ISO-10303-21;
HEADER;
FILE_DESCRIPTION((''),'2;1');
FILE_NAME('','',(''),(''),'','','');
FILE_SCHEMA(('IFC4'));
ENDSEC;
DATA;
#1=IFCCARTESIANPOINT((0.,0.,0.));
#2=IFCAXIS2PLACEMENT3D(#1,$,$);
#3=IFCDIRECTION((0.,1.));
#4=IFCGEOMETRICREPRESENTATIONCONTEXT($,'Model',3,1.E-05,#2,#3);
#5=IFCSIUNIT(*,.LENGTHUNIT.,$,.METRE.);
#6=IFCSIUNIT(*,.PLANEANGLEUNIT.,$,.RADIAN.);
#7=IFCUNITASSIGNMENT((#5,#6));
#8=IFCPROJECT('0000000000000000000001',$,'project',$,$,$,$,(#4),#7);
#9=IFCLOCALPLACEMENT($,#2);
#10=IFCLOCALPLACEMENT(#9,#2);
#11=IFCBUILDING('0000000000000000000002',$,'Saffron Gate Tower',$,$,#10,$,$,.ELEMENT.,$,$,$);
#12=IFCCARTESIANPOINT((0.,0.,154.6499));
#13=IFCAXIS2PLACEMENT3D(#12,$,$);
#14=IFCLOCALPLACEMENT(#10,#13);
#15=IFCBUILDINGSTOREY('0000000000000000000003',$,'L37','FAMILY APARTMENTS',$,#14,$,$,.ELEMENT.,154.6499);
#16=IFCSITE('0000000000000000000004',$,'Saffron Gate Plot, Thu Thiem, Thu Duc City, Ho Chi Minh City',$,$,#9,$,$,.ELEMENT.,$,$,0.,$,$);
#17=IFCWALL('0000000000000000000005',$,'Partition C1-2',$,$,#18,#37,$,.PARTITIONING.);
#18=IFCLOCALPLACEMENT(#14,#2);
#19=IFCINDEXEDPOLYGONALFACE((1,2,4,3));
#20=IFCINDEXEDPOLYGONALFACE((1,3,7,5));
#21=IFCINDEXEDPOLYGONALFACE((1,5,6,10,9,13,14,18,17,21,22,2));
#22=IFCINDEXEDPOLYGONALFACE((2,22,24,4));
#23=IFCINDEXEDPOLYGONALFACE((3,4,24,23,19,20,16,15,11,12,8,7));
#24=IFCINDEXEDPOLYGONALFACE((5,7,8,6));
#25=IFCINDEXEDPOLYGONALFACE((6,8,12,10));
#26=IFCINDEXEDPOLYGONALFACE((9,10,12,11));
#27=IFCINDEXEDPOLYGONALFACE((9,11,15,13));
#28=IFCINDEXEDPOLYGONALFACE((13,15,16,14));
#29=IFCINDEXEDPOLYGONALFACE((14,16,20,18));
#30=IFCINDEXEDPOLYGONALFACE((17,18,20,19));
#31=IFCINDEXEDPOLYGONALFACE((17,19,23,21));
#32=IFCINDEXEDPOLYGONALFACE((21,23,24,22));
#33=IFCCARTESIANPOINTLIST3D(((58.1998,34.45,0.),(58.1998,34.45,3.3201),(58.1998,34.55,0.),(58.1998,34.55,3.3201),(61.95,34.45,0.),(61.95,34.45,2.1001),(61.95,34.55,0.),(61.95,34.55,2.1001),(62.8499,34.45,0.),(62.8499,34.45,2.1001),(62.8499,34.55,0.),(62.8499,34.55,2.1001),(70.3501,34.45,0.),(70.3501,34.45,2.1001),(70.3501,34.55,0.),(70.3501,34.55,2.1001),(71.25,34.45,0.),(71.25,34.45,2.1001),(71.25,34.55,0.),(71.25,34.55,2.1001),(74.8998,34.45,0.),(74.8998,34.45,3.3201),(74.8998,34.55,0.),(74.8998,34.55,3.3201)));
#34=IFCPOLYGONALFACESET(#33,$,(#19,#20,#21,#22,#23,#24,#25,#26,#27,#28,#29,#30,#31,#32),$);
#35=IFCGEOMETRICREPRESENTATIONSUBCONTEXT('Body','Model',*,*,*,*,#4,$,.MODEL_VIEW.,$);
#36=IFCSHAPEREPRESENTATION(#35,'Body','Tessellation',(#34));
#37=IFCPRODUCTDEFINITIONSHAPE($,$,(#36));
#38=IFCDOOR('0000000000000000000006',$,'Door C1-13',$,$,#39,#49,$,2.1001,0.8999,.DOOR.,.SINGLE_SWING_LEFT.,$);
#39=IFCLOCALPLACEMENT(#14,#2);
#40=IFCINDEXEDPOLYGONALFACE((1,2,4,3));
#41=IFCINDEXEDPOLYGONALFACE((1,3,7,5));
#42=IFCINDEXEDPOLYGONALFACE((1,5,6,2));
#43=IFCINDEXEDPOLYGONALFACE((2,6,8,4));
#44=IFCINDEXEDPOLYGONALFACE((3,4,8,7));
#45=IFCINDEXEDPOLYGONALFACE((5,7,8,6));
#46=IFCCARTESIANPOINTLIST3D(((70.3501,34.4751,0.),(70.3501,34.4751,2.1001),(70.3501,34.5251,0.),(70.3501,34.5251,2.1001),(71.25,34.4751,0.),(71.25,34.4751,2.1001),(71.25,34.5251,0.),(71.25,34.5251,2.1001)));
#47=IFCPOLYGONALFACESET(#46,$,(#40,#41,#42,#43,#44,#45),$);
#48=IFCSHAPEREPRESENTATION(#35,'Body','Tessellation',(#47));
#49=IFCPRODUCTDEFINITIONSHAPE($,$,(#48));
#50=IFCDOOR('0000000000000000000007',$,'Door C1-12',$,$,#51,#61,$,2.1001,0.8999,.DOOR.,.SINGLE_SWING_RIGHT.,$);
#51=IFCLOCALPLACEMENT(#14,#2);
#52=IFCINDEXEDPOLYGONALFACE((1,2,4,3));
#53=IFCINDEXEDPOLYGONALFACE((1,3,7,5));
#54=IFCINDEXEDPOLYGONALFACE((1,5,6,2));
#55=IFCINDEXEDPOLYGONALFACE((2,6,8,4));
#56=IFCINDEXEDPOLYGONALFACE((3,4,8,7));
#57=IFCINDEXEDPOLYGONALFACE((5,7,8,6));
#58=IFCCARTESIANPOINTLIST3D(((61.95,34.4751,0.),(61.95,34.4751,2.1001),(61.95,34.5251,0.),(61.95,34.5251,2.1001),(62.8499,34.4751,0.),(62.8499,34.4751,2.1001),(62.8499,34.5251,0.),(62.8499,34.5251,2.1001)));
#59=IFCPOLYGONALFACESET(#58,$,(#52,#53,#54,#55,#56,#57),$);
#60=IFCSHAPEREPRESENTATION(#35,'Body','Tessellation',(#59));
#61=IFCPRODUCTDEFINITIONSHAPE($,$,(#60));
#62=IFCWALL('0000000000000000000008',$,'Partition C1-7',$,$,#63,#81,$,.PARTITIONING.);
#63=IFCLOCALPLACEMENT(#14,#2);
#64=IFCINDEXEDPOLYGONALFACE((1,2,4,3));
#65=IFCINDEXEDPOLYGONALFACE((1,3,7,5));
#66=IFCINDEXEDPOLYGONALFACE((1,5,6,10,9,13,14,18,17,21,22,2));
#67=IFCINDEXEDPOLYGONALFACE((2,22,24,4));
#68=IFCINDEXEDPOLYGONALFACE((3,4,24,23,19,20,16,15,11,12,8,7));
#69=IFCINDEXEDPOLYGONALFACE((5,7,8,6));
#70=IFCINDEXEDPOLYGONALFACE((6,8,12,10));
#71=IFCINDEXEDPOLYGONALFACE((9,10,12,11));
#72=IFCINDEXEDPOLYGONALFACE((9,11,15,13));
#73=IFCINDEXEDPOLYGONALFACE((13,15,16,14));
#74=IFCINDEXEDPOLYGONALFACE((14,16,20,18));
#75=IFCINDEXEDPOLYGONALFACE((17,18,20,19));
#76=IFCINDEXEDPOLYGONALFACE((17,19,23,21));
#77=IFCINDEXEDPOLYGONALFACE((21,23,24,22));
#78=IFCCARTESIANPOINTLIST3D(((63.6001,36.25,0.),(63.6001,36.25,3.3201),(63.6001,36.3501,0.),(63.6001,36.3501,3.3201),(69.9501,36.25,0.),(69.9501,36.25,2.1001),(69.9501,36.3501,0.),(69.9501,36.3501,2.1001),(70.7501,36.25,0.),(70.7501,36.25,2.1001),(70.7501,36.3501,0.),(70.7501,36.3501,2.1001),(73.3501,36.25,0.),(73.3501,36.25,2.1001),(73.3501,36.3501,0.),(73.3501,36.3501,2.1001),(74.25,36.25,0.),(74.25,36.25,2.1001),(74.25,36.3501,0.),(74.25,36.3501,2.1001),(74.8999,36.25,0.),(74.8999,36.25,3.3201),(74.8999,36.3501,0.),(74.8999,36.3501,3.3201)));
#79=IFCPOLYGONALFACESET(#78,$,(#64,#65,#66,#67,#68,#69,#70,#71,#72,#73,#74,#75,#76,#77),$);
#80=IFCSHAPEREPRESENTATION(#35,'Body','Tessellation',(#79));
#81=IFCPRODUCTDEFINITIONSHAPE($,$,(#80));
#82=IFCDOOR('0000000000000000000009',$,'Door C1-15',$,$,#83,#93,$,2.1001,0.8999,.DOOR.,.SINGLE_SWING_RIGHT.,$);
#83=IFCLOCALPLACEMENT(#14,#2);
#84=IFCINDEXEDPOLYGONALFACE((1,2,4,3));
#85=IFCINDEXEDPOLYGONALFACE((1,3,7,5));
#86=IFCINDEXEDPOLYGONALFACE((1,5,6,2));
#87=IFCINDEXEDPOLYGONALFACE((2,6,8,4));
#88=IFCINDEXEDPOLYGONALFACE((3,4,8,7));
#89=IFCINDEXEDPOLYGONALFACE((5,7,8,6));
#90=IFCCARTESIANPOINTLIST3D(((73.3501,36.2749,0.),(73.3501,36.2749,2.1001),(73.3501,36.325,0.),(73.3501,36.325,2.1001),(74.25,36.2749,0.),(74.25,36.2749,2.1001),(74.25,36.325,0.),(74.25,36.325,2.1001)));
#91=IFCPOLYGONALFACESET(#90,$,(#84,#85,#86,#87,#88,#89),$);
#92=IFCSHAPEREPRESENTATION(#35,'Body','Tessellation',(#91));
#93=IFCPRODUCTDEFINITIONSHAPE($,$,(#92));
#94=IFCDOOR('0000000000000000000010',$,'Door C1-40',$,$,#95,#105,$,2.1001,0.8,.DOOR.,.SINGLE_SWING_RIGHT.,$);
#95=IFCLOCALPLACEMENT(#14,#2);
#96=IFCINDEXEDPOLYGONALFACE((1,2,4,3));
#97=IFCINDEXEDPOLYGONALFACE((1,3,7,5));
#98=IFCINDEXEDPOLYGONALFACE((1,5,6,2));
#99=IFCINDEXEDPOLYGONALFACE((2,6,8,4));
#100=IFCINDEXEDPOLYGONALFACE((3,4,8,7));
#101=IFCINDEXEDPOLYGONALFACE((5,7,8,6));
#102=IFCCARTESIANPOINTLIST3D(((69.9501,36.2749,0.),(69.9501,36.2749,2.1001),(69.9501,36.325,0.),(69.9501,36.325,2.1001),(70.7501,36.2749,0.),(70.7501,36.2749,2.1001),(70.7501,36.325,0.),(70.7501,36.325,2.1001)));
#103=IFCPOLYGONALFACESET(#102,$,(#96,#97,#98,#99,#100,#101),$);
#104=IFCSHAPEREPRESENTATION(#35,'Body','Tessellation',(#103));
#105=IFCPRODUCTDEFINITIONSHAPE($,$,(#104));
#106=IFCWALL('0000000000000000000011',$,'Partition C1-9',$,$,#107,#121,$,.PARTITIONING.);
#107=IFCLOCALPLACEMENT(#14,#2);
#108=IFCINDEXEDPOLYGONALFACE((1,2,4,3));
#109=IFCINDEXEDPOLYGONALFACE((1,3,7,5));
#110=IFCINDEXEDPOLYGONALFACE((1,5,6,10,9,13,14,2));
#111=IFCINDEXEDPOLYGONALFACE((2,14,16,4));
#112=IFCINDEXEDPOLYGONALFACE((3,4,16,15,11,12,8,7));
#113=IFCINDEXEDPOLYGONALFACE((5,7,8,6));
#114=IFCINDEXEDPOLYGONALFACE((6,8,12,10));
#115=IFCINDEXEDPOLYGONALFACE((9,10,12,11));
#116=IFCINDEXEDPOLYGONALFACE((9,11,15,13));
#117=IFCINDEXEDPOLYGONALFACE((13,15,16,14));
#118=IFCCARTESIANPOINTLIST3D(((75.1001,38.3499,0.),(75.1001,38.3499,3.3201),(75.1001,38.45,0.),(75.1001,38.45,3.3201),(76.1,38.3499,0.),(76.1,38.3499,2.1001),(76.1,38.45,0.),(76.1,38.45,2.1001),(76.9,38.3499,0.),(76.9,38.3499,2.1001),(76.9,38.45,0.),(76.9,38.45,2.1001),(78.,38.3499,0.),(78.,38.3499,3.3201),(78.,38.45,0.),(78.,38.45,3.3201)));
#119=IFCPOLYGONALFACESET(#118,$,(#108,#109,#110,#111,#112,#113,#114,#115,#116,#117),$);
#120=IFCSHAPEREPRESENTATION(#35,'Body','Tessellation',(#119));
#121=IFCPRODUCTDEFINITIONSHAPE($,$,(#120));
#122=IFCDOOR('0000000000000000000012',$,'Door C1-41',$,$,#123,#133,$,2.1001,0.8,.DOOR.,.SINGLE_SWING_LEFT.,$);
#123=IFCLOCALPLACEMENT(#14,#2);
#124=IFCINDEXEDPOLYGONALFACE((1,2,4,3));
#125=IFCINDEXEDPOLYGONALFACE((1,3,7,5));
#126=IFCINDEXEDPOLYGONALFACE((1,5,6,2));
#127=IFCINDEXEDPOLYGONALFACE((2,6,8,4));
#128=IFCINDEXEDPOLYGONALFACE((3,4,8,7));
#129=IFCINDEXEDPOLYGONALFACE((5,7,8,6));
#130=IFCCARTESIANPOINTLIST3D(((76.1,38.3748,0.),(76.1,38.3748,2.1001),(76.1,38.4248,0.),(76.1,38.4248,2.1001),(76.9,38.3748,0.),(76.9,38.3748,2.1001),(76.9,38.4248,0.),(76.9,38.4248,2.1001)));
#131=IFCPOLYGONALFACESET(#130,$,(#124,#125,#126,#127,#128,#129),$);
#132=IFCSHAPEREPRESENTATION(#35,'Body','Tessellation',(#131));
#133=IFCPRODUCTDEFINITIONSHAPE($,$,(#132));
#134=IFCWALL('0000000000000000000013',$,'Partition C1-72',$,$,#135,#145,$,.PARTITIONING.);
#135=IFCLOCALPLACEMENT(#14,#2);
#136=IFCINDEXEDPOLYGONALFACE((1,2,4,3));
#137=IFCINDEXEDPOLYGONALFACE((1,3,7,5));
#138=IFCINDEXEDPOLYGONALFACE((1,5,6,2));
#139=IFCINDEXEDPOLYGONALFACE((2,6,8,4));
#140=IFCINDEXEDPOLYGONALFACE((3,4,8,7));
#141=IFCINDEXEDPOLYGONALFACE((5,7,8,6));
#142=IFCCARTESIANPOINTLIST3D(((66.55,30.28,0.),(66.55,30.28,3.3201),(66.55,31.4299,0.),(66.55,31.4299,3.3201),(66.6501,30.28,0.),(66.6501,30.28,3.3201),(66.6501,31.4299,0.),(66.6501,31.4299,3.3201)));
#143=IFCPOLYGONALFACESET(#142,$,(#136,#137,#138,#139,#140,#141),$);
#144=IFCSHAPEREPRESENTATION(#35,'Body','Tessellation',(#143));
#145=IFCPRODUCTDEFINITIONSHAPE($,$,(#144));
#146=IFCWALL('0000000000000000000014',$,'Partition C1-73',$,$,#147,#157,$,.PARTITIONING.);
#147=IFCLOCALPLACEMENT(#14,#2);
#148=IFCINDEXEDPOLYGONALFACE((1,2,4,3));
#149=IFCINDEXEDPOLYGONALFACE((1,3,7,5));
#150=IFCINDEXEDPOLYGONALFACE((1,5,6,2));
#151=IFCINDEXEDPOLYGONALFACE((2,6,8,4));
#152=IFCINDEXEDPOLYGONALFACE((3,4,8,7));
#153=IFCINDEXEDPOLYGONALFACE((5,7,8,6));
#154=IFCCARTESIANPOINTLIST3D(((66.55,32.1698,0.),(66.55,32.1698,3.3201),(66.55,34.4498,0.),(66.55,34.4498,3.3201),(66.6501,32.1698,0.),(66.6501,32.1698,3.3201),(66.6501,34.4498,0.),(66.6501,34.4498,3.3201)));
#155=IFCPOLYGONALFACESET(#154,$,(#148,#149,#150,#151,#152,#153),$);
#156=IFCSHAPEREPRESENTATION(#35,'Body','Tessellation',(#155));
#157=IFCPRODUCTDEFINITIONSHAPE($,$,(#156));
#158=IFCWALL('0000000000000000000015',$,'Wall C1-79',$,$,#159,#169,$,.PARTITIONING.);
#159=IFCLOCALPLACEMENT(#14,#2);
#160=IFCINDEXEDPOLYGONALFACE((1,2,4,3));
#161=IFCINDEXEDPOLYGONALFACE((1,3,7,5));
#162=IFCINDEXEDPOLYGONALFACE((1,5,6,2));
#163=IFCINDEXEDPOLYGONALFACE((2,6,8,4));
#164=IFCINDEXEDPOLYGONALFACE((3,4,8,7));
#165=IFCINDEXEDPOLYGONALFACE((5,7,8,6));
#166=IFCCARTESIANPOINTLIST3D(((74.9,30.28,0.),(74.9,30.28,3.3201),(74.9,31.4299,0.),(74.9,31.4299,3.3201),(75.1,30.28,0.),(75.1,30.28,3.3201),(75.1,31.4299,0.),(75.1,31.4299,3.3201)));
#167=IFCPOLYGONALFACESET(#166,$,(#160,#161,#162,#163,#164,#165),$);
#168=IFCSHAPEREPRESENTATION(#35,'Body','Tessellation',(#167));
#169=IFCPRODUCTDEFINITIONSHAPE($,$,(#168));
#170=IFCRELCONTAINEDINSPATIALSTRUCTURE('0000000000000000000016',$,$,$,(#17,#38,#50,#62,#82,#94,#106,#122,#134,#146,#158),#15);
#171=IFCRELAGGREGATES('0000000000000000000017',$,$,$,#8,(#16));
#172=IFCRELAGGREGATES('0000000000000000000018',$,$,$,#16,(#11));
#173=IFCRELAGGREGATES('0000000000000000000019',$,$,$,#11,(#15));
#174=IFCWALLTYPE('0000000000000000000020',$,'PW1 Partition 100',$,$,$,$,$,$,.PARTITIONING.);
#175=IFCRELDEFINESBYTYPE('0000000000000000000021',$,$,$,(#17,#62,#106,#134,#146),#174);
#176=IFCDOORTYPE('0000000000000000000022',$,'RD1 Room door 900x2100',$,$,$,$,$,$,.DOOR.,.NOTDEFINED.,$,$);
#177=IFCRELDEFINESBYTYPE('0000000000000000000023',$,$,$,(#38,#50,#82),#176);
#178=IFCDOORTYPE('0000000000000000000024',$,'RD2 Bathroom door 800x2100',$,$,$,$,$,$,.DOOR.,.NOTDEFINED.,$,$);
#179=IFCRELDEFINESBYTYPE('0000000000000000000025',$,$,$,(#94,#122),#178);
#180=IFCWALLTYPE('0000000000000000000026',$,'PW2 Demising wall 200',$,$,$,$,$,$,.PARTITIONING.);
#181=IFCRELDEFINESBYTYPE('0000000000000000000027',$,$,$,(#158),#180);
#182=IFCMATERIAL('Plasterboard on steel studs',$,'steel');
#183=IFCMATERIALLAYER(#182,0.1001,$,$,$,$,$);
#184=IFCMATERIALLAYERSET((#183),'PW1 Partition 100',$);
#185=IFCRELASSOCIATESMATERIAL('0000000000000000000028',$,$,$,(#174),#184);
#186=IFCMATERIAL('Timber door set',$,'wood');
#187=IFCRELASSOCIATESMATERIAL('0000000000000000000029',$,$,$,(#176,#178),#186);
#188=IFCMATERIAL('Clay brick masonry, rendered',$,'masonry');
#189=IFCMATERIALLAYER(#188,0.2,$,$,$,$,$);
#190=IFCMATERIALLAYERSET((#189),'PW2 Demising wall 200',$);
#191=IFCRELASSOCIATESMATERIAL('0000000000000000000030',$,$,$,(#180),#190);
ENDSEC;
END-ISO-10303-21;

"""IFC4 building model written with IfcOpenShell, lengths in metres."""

from ifc_helpers import new_model, si_unit, direction, frame, frame_2d, origin, place, context, subcontext, project, spatial, rectangle, extrude, material, layer, layer_set, type_object, element, fill, save


model = new_model("IFC4")

# Units and contexts
model_context = context("Model", 3, precision=1e-05, world=origin(), true_north=direction((0.0, 1.0)))
body_context = subcontext(model_context, "Body", "Model", "MODEL_VIEW")
ifc_project = project(units=[si_unit("LENGTHUNIT", "METRE"), si_unit("PLANEANGLEUNIT", "RADIAN")], contexts=[model_context])

# Site, building, storey
site_placement = place(None, origin())
site = spatial("IfcSite", under=ifc_project, at=site_placement, Name="Saffron Gate Plot, Thu Thiem, Thu Duc City, Ho Chi Minh City", CompositionType="ELEMENT", RefElevation=0.0)
building_placement = place(site_placement, origin())
building = spatial("IfcBuilding", under=site, at=building_placement, Name="Saffron Gate Tower", CompositionType="ELEMENT")
storey_placement = place(building_placement, frame((0.0, 0.0, 154.6499)))
storey = spatial("IfcBuildingStorey", under=building, at=storey_placement, Name="L37", Description="FAMILY APARTMENTS", CompositionType="ELEMENT", Elevation=154.6499)

# Walls, openings, doors
ifc_material_1 = material(Name="Plasterboard on steel studs", Category="steel")
ifc_layer_1 = layer(ifc_material_1, 0.1001)
ifc_layer_set_1 = layer_set([ifc_layer_1], Name="PW1 Partition 100")
wall_type_1 = type_object("IfcWallType", Name="PW1 Partition 100", PredefinedType="PARTITIONING", material=ifc_layer_set_1)
wall_1_placement = place(storey_placement, frame((74.8999, 34.5, 0.0), z_axis=(0.0, 0.0, 1.0), x_axis=(-1.0, 0.0, 0.0)))
wall_1 = element("IfcWall", 1, at=wall_1_placement, inside=storey, type_object=wall_type_1, Name="Partition C1-2", PredefinedType="PARTITIONING", context=body_context, shape_type="SweptSolid", body=[
    extrude(rectangle(XDim=16.7, YDim=0.1001, at=frame_2d((8.3501, 0.0))), origin(), (0.0, 0.0, 1.0), 3.3201),
])
opening_1_placement = place(wall_1_placement, frame((3.6499, 0.0, 0.0)))
opening_1 = element("IfcOpeningElement", 2, at=opening_1_placement, cuts=wall_1, PredefinedType="OPENING", context=body_context, shape_type="SweptSolid", body=[
    extrude(rectangle(XDim=0.8999, YDim=2.1001, at=frame_2d((0.45, 1.05))), frame((0.0, 0.0601, 0.0), z_axis=(0.0, -1.0, 0.0), x_axis=(1.0, 0.0, 0.0)), (0.0, 0.0, 1.0), 0.1201),
])
opening_2_placement = place(wall_1_placement, frame((12.05, 0.0, 0.0)))
opening_2 = element("IfcOpeningElement", 3, at=opening_2_placement, cuts=wall_1, PredefinedType="OPENING", context=body_context, shape_type="SweptSolid", body=[
    extrude(rectangle(XDim=0.8999, YDim=2.1001, at=frame_2d((0.45, 1.05))), frame((0.0, 0.0601, 0.0), z_axis=(0.0, -1.0, 0.0), x_axis=(1.0, 0.0, 0.0)), (0.0, 0.0, 1.0), 0.1201),
])
ifc_material_2 = material(Name="Timber door set", Category="wood")
door_type_1 = type_object("IfcDoorType", Name="RD1 Room door 900x2100", OperationType="NOTDEFINED", PredefinedType="DOOR", material=ifc_material_2)
door_1_placement = place(opening_1_placement, origin())
door_1 = element("IfcDoor", 4, at=door_1_placement, inside=storey, type_object=door_type_1, Name="Door C1-13", OperationType="SINGLE_SWING_LEFT", OverallHeight=2.1001, OverallWidth=0.8999, PredefinedType="DOOR", context=body_context, shape_type="SweptSolid", body=[
    extrude(rectangle(XDim=0.8999, YDim=2.1001, at=frame_2d((0.45, 1.05))), frame((0.0, 0.0249, 0.0), z_axis=(0.0, -1.0, 0.0), x_axis=(1.0, 0.0, 0.0)), (0.0, 0.0, 1.0), 0.05),
])
fill(opening_1, door_1)
door_2_placement = place(opening_2_placement, origin())
door_2 = element("IfcDoor", 5, at=door_2_placement, inside=storey, type_object=door_type_1, Name="Door C1-12", OperationType="SINGLE_SWING_RIGHT", OverallHeight=2.1001, OverallWidth=0.8999, PredefinedType="DOOR", context=body_context, shape_type="SweptSolid", body=[
    extrude(rectangle(XDim=0.8999, YDim=2.1001, at=frame_2d((0.45, 1.05))), frame((0.0, 0.0249, 0.0), z_axis=(0.0, -1.0, 0.0), x_axis=(1.0, 0.0, 0.0)), (0.0, 0.0, 1.0), 0.05),
])
fill(opening_2, door_2)
wall_2_placement = place(storey_placement, frame((63.6001, 36.3, 0.0), z_axis=(0.0, 0.0, 1.0), x_axis=(1.0, 0.0, 0.0)))
wall_2 = element("IfcWall", 6, at=wall_2_placement, inside=storey, type_object=wall_type_1, Name="Partition C1-7", PredefinedType="PARTITIONING", context=body_context, shape_type="SweptSolid", body=[
    extrude(rectangle(XDim=11.2998, YDim=0.1001, at=frame_2d((5.6499, 0.0))), origin(), (0.0, 0.0, 1.0), 3.3201),
])
opening_3_placement = place(wall_2_placement, frame((6.3501, 0.0, 0.0)))
opening_3 = element("IfcOpeningElement", 7, at=opening_3_placement, cuts=wall_2, PredefinedType="OPENING", context=body_context, shape_type="SweptSolid", body=[
    extrude(rectangle(XDim=0.8, YDim=2.1001, at=frame_2d((0.3999, 1.05))), frame((0.0, 0.0601, 0.0), z_axis=(0.0, -1.0, 0.0), x_axis=(1.0, 0.0, 0.0)), (0.0, 0.0, 1.0), 0.1201),
])
opening_4_placement = place(wall_2_placement, frame((9.75, 0.0, 0.0)))
opening_4 = element("IfcOpeningElement", 8, at=opening_4_placement, cuts=wall_2, PredefinedType="OPENING", context=body_context, shape_type="SweptSolid", body=[
    extrude(rectangle(XDim=0.8999, YDim=2.1001, at=frame_2d((0.45, 1.05))), frame((0.0, 0.0601, 0.0), z_axis=(0.0, -1.0, 0.0), x_axis=(1.0, 0.0, 0.0)), (0.0, 0.0, 1.0), 0.1201),
])
door_3_placement = place(opening_4_placement, origin())
door_3 = element("IfcDoor", 9, at=door_3_placement, inside=storey, type_object=door_type_1, Name="Door C1-15", OperationType="SINGLE_SWING_RIGHT", OverallHeight=2.1001, OverallWidth=0.8999, PredefinedType="DOOR", context=body_context, shape_type="SweptSolid", body=[
    extrude(rectangle(XDim=0.8999, YDim=2.1001, at=frame_2d((0.45, 1.05))), frame((0.0, 0.0249, 0.0), z_axis=(0.0, -1.0, 0.0), x_axis=(1.0, 0.0, 0.0)), (0.0, 0.0, 1.0), 0.05),
])
fill(opening_4, door_3)
door_type_2 = type_object("IfcDoorType", Name="RD2 Bathroom door 800x2100", OperationType="NOTDEFINED", PredefinedType="DOOR", material=ifc_material_2)
door_4_placement = place(opening_3_placement, origin())
door_4 = element("IfcDoor", 10, at=door_4_placement, inside=storey, type_object=door_type_2, Name="Door C1-40", OperationType="SINGLE_SWING_RIGHT", OverallHeight=2.1001, OverallWidth=0.8, PredefinedType="DOOR", context=body_context, shape_type="SweptSolid", body=[
    extrude(rectangle(XDim=0.8, YDim=2.1001, at=frame_2d((0.3999, 1.05))), frame((0.0, 0.0249, 0.0), z_axis=(0.0, -1.0, 0.0), x_axis=(1.0, 0.0, 0.0)), (0.0, 0.0, 1.0), 0.05),
])
fill(opening_3, door_4)

# Wall, opening, door
wall_3_placement = place(storey_placement, frame((75.1001, 38.3999, 0.0), z_axis=(0.0, 0.0, 1.0), x_axis=(1.0, 0.0, 0.0)))
wall_3 = element("IfcWall", 11, at=wall_3_placement, inside=storey, type_object=wall_type_1, Name="Partition C1-9", PredefinedType="PARTITIONING", context=body_context, shape_type="SweptSolid", body=[
    extrude(rectangle(XDim=2.8999, YDim=0.1001, at=frame_2d((1.45, 0.0))), origin(), (0.0, 0.0, 1.0), 3.3201),
])
opening_5_placement = place(wall_3_placement, frame((1.0, 0.0, 0.0)))
opening_5 = element("IfcOpeningElement", 12, at=opening_5_placement, cuts=wall_3, PredefinedType="OPENING", context=body_context, shape_type="SweptSolid", body=[
    extrude(rectangle(XDim=0.8, YDim=2.1001, at=frame_2d((0.3999, 1.05))), frame((0.0, 0.0601, 0.0), z_axis=(0.0, -1.0, 0.0), x_axis=(1.0, 0.0, 0.0)), (0.0, 0.0, 1.0), 0.1201),
])
door_5_placement = place(opening_5_placement, origin())
door_5 = element("IfcDoor", 13, at=door_5_placement, inside=storey, type_object=door_type_2, Name="Door C1-41", OperationType="SINGLE_SWING_LEFT", OverallHeight=2.1001, OverallWidth=0.8, PredefinedType="DOOR", context=body_context, shape_type="SweptSolid", body=[
    extrude(rectangle(XDim=0.8, YDim=2.1001, at=frame_2d((0.3999, 1.05))), frame((0.0, 0.0249, 0.0), z_axis=(0.0, -1.0, 0.0), x_axis=(1.0, 0.0, 0.0)), (0.0, 0.0, 1.0), 0.05),
])
fill(opening_5, door_5)

# Walls
wall_4_placement = place(storey_placement, frame((66.6001, 31.4299, 0.0), z_axis=(0.0, 0.0, 1.0), x_axis=(0.0, -1.0, 0.0)))
element("IfcWall", 14, at=wall_4_placement, inside=storey, type_object=wall_type_1, Name="Partition C1-72", PredefinedType="PARTITIONING", context=body_context, shape_type="SweptSolid", body=[
    extrude(rectangle(XDim=1.1499, YDim=0.1001, at=frame_2d((0.575, 0.0))), origin(), (0.0, 0.0, 1.0), 3.3201),
])
wall_5_placement = place(storey_placement, frame((66.6001, 34.45, 0.0), z_axis=(0.0, 0.0, 1.0), x_axis=(0.0, -1.0, 0.0)))
element("IfcWall", 15, at=wall_5_placement, inside=storey, type_object=wall_type_1, Name="Partition C1-73", PredefinedType="PARTITIONING", context=body_context, shape_type="SweptSolid", body=[
    extrude(rectangle(XDim=2.28, YDim=0.1001, at=frame_2d((1.1401, 0.0))), origin(), (0.0, 0.0, 1.0), 3.3201),
])
ifc_material_3 = material(Name="Clay brick masonry, rendered", Category="masonry")
ifc_layer_2 = layer(ifc_material_3, 0.2)
ifc_layer_set_2 = layer_set([ifc_layer_2], Name="PW2 Demising wall 200")
wall_type_2 = type_object("IfcWallType", Name="PW2 Demising wall 200", PredefinedType="PARTITIONING", material=ifc_layer_set_2)
wall_6_placement = place(storey_placement, frame((75.0, 31.4299, 0.0), z_axis=(0.0, 0.0, 1.0), x_axis=(0.0, -1.0, 0.0)))
element("IfcWall", 16, at=wall_6_placement, inside=storey, type_object=wall_type_2, Name="Wall C1-79", PredefinedType="PARTITIONING", context=body_context, shape_type="SweptSolid", body=[
    extrude(rectangle(XDim=1.1499, YDim=0.2, at=frame_2d((0.575, 0.0))), origin(), (0.0, 0.0, 1.0), 3.3201),
])

save(model, "model.ifc")
